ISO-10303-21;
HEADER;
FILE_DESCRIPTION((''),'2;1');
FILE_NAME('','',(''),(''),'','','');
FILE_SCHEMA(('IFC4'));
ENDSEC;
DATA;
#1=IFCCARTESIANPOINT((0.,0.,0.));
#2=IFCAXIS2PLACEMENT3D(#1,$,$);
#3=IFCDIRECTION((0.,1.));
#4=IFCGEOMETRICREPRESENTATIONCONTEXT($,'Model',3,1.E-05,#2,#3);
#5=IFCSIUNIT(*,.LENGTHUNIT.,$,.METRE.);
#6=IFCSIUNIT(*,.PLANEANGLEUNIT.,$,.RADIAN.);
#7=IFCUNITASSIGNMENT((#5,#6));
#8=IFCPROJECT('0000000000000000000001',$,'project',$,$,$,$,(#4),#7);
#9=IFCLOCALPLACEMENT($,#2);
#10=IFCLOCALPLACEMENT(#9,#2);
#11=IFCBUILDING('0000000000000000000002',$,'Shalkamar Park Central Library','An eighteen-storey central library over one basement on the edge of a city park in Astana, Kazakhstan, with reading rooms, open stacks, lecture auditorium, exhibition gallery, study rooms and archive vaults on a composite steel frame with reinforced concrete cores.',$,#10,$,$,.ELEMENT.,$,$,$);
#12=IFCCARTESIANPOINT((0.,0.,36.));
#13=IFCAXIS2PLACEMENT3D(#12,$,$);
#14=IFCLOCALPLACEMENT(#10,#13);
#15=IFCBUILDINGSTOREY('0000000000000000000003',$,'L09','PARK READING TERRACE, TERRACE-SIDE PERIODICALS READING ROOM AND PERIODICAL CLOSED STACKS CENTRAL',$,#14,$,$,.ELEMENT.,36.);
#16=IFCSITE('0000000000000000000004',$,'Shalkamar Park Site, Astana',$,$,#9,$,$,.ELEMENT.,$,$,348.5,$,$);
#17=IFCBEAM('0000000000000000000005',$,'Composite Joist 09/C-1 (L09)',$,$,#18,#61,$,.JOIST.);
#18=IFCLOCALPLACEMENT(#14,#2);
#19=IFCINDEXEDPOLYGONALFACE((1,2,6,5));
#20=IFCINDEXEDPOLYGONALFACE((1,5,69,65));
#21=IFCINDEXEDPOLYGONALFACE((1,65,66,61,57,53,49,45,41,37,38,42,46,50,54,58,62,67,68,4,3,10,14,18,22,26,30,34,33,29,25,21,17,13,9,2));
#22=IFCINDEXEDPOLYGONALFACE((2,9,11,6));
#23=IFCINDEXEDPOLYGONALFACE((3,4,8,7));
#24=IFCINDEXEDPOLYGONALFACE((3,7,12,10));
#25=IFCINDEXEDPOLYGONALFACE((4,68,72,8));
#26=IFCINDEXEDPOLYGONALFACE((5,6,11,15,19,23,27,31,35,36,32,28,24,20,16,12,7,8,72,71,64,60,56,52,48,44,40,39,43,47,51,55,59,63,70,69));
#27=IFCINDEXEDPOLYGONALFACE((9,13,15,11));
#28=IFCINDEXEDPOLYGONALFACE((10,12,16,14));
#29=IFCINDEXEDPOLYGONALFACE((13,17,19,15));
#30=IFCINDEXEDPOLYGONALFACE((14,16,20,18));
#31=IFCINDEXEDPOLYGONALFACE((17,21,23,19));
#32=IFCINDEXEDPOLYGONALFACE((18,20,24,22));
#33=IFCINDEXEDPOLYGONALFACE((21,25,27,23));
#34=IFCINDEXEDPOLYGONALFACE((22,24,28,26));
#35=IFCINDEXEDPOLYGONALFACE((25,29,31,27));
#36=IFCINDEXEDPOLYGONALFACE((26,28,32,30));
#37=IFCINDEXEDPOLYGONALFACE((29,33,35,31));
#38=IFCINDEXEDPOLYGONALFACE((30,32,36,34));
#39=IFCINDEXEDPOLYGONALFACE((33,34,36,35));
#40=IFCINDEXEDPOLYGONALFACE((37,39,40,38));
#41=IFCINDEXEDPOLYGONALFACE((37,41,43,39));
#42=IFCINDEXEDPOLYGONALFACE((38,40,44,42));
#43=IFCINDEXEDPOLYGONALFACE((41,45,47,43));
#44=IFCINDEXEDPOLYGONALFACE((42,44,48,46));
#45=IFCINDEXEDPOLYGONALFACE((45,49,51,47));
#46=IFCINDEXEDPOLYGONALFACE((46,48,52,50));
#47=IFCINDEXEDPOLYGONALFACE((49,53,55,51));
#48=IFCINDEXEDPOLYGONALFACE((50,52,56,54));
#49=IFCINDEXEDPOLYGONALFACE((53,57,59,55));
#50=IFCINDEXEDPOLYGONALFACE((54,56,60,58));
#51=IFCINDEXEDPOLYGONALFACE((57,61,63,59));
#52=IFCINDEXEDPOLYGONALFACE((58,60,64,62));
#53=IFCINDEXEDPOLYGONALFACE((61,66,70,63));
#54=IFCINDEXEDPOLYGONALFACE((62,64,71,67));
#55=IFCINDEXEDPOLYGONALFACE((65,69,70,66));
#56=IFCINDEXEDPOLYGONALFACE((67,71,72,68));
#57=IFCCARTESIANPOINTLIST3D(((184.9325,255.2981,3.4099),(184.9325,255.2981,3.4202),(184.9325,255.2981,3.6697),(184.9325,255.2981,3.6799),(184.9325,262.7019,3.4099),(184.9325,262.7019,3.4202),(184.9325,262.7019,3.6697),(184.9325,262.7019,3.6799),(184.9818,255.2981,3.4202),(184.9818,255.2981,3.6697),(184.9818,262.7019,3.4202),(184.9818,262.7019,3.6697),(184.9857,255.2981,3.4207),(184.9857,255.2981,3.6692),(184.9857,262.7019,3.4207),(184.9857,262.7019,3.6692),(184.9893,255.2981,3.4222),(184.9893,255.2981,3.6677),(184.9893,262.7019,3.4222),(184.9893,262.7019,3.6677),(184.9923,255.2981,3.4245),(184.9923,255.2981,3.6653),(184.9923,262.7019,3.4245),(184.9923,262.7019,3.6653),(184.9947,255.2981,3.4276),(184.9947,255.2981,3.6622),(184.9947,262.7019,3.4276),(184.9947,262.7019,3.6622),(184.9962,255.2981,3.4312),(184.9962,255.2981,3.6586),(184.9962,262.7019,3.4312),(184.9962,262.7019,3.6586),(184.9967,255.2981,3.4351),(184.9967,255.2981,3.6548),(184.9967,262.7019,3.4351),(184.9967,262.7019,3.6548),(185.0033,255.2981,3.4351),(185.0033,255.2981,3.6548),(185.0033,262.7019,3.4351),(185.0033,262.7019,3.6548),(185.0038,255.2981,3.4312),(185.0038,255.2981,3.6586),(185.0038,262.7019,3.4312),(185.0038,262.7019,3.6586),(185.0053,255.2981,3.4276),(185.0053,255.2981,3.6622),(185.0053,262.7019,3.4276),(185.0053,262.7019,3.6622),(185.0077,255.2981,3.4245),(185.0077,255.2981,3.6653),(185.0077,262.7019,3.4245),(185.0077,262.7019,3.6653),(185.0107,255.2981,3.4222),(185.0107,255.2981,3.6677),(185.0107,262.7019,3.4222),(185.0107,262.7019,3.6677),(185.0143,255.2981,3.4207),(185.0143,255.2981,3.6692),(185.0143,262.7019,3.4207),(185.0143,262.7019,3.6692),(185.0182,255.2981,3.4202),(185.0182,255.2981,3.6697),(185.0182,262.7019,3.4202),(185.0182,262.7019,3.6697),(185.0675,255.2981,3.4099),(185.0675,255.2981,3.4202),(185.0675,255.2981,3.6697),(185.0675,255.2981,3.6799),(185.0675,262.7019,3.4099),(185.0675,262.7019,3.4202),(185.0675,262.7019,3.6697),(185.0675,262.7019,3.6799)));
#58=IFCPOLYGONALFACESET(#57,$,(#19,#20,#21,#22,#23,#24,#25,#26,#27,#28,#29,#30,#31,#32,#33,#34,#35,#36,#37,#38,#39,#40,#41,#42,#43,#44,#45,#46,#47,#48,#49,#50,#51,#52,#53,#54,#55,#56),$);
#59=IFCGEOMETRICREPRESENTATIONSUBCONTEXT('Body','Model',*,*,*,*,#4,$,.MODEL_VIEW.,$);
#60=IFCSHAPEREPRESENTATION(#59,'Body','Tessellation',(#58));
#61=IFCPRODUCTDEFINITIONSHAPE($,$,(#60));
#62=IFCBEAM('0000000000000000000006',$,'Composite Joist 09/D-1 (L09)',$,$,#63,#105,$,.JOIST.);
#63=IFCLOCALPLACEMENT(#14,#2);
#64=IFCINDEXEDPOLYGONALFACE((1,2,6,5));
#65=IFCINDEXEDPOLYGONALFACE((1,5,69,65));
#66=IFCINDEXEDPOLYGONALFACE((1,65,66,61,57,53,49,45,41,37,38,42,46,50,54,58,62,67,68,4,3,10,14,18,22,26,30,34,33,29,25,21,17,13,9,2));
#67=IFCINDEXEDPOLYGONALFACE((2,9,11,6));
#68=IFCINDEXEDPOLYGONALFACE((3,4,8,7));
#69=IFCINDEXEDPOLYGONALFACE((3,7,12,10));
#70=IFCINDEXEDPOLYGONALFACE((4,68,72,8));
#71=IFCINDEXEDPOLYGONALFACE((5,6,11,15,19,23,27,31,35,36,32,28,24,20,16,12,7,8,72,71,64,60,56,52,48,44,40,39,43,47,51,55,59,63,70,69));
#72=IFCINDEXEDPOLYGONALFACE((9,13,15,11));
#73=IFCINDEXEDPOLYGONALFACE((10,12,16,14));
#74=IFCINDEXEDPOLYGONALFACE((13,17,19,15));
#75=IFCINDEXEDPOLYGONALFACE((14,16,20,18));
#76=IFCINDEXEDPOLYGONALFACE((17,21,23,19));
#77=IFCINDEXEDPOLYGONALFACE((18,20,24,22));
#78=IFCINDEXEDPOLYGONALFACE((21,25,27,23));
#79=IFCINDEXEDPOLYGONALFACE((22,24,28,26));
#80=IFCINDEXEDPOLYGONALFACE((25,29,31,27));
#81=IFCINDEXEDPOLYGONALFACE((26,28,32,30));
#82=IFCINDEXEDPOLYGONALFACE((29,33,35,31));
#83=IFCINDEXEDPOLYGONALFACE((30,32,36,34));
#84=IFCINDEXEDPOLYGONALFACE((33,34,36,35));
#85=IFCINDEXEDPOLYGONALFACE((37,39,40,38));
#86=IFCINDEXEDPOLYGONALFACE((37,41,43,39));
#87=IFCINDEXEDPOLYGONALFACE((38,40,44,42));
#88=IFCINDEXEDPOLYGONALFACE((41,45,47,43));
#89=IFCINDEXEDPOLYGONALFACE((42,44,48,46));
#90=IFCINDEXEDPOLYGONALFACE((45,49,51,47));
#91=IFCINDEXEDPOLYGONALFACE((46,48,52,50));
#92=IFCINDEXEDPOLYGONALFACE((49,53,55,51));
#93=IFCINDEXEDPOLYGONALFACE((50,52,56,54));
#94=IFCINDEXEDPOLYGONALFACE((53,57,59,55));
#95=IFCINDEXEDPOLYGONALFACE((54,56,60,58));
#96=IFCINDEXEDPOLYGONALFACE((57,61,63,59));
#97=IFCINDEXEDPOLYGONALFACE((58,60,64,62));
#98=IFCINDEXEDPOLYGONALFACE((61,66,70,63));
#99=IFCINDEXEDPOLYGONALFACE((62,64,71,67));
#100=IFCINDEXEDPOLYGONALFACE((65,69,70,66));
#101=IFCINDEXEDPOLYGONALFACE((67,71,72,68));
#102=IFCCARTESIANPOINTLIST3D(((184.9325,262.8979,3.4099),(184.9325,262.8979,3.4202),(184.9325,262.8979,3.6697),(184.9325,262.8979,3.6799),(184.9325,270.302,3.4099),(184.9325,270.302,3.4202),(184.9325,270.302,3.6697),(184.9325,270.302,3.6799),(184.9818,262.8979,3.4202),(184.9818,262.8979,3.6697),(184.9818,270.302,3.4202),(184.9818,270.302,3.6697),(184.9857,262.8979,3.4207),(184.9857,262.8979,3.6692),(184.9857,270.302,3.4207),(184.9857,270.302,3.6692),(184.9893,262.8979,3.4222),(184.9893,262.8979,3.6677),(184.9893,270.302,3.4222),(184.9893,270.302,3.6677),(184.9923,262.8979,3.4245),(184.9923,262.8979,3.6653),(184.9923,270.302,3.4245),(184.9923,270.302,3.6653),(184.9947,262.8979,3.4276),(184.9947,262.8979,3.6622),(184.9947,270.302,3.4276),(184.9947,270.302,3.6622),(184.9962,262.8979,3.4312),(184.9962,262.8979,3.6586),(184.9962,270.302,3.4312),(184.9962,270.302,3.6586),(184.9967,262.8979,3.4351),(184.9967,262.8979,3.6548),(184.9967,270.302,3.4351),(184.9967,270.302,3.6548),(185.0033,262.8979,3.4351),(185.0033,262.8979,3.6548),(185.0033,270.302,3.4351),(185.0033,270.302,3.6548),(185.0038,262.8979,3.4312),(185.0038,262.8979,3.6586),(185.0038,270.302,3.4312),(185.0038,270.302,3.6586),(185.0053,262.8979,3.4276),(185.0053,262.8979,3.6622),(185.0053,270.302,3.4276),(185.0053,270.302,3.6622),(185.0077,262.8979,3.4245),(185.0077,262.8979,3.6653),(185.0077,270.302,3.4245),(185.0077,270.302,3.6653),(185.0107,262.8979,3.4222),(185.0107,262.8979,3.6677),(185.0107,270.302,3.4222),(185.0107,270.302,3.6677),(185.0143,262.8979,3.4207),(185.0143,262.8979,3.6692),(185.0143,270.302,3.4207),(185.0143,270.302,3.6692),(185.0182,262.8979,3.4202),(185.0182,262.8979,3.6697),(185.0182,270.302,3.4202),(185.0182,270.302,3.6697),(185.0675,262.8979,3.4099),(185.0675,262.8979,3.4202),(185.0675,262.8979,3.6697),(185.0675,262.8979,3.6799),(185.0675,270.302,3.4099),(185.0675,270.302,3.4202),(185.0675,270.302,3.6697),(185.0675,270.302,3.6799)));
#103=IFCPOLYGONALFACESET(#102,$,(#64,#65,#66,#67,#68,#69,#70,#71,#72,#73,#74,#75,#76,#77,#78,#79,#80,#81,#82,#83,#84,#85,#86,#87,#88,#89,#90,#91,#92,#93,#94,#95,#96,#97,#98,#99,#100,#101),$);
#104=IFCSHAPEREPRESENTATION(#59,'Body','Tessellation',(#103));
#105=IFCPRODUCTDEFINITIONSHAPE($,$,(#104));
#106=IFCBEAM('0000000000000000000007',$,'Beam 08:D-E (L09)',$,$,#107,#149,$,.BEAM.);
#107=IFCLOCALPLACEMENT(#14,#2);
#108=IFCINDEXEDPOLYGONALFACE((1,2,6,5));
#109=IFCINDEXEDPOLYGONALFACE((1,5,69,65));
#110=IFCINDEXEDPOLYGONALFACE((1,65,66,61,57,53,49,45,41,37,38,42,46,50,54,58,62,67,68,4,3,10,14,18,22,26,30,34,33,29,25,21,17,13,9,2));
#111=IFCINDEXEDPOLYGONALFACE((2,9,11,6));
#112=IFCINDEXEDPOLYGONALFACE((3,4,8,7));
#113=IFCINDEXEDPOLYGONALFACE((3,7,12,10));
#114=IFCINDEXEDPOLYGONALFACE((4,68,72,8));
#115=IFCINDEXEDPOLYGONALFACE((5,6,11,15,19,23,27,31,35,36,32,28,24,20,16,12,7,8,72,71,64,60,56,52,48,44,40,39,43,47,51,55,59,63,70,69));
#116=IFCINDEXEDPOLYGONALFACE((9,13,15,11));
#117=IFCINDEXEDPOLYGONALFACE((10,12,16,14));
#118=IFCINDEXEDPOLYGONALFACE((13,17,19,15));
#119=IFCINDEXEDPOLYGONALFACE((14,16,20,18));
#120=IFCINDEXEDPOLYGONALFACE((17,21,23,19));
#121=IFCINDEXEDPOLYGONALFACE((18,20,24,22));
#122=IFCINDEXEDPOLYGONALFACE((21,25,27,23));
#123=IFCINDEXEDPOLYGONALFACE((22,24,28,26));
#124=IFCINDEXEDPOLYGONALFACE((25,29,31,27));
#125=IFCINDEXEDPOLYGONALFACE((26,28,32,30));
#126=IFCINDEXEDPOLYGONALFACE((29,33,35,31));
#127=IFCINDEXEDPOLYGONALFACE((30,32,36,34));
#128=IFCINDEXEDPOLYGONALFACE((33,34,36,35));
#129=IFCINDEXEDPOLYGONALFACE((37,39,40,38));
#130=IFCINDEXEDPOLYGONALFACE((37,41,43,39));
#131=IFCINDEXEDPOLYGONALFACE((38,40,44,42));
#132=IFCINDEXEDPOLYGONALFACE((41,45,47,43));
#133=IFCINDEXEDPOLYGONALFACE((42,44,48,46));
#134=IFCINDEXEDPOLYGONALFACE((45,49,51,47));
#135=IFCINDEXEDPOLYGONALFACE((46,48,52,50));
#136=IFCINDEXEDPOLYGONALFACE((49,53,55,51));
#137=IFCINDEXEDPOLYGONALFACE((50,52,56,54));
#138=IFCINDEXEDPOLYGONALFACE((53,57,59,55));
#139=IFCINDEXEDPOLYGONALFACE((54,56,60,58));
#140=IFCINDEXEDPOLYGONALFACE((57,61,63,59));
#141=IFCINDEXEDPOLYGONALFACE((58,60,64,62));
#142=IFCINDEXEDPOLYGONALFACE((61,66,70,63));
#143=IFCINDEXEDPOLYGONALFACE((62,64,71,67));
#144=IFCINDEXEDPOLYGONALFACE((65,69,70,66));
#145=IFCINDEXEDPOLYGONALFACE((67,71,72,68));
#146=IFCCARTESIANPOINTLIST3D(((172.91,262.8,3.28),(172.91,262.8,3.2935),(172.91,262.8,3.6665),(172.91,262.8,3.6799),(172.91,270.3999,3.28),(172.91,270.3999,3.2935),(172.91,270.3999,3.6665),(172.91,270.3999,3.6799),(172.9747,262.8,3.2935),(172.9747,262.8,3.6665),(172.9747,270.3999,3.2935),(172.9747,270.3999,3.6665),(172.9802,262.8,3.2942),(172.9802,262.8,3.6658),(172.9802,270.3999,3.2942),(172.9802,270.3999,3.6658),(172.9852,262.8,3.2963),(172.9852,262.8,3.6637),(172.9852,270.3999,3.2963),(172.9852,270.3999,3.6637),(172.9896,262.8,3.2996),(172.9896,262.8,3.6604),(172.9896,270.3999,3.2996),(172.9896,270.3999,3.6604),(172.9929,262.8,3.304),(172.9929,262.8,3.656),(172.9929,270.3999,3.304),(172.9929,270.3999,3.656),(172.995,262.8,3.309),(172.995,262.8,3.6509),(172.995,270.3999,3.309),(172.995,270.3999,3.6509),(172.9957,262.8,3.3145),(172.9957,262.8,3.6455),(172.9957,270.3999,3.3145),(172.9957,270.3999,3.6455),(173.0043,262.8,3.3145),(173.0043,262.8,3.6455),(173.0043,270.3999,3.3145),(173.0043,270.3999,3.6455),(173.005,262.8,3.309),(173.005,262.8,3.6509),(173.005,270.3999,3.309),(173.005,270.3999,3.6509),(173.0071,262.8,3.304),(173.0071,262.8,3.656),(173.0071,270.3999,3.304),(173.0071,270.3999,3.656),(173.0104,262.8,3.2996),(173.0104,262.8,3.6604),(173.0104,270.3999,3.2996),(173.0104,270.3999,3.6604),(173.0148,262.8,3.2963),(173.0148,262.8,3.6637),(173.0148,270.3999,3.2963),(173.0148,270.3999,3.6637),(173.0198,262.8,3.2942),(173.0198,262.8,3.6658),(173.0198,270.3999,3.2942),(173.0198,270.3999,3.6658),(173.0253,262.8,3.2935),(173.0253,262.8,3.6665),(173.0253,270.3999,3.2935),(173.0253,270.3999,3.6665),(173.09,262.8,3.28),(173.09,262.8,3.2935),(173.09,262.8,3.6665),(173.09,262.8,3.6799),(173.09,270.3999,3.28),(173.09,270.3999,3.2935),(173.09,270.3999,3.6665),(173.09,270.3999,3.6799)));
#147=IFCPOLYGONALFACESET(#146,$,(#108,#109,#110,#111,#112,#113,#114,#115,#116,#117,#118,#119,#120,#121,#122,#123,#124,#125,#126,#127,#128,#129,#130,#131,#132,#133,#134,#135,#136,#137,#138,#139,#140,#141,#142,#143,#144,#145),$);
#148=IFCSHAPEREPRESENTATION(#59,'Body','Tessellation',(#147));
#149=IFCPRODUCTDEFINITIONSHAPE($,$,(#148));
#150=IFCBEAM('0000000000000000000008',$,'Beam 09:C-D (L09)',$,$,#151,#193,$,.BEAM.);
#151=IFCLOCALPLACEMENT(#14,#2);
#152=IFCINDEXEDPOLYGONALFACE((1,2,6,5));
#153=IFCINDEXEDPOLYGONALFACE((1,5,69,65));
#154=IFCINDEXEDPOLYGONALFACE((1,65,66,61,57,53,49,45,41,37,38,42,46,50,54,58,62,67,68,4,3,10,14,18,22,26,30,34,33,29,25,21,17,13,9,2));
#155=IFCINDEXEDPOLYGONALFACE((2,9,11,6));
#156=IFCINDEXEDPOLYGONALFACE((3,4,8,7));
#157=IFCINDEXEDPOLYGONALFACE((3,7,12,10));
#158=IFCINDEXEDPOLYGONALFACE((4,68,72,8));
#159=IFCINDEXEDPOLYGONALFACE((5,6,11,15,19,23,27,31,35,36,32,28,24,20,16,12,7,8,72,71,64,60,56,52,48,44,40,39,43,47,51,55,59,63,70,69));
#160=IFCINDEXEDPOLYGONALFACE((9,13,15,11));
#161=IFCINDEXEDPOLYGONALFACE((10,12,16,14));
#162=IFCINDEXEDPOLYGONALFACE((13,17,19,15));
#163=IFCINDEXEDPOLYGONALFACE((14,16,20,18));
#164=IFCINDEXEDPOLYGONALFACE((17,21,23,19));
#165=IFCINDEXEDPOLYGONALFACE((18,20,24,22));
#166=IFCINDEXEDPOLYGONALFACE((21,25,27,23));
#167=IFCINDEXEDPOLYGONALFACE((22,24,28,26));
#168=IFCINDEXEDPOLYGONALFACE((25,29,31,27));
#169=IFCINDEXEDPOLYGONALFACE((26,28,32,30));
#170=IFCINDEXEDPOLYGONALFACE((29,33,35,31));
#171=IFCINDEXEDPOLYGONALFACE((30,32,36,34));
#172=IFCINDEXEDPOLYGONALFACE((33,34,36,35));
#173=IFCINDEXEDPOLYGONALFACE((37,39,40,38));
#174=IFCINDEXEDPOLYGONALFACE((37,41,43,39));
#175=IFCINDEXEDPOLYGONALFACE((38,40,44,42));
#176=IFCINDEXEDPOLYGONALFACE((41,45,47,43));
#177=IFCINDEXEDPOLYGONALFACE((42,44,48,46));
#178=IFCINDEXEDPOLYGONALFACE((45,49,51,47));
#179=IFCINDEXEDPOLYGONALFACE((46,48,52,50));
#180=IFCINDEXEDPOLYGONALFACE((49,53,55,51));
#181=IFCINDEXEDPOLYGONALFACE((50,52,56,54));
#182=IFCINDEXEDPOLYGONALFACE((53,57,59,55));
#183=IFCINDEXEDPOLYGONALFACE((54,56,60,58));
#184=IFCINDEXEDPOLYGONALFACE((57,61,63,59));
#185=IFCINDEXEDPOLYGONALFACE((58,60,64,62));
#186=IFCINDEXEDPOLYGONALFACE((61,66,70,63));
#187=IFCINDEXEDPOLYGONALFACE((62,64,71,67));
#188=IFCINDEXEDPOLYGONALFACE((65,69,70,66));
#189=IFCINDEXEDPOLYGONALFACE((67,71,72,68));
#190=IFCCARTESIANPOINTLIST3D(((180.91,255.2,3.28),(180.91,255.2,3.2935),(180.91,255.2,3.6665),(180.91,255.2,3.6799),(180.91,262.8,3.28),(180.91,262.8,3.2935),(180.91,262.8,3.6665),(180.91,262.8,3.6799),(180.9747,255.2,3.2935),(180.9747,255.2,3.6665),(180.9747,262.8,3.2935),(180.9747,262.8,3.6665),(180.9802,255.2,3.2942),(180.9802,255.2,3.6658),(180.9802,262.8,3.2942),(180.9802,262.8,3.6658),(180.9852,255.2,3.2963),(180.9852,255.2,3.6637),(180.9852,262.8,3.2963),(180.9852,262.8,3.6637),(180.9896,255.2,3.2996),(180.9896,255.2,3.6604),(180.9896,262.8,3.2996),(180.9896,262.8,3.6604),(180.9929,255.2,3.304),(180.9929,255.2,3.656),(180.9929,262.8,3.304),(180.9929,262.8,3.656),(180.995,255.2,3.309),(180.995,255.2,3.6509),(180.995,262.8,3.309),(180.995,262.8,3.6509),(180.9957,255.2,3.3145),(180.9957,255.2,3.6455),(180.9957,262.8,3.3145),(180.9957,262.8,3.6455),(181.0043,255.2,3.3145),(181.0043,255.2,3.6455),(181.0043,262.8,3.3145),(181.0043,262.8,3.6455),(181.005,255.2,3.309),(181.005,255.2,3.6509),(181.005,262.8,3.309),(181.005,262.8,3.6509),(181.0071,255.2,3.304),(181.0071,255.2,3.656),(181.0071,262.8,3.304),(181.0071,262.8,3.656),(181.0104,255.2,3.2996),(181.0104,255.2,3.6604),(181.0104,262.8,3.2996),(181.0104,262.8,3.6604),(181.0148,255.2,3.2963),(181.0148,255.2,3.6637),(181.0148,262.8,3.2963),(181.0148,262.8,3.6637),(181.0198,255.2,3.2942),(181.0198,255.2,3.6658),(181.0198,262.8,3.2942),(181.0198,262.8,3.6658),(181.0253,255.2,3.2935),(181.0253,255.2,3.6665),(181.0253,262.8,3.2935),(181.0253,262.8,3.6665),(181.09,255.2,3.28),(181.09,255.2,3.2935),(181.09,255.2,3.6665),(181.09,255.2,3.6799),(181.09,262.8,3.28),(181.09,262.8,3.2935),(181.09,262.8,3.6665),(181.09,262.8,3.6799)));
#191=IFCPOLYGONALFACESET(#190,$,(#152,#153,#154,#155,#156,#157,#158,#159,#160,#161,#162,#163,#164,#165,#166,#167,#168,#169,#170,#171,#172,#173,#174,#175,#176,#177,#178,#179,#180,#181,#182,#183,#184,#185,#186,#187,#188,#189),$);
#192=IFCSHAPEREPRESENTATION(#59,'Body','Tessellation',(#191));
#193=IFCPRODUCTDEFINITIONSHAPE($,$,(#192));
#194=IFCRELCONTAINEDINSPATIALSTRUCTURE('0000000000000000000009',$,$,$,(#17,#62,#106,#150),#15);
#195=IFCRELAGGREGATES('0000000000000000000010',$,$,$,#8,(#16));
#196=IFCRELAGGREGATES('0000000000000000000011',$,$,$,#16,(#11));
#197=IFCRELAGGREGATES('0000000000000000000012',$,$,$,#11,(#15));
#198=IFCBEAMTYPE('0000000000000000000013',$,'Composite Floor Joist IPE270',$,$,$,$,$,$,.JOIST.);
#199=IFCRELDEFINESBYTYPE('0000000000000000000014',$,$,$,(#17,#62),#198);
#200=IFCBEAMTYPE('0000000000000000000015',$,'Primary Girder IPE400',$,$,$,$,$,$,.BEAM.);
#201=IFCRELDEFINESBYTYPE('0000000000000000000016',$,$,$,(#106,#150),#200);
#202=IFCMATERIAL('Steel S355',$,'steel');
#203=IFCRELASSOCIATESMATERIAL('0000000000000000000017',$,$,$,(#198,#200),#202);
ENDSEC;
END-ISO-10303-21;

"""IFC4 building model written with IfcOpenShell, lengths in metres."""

from ifc_helpers import new_model, si_unit, direction, frame, origin, origin_2d, place, context, subcontext, project, spatial, i_section, extrude, material, material_profile, profile_set, type_object, element, save


model = new_model("IFC4")

# Units and contexts
model_context = context("Model", 3, precision=1e-05, world=origin(), true_north=direction((0.0, 1.0)))
body_context = subcontext(model_context, "Body", "Model", "MODEL_VIEW")
ifc_project = project(units=[si_unit("LENGTHUNIT", "METRE"), si_unit("PLANEANGLEUNIT", "RADIAN")], contexts=[model_context])

# Site, building, storey
site_placement = place(None, origin())
site = spatial("IfcSite", under=ifc_project, at=site_placement, Name="Shalkamar Park Site, Astana", CompositionType="ELEMENT", RefElevation=348.5)
building_placement = place(site_placement, origin())
building = spatial("IfcBuilding", under=site, at=building_placement, Name="Shalkamar Park Central Library", Description="An eighteen-storey central library over one basement on the edge of a city park in Astana, Kazakhstan, with reading rooms, open stacks, lecture auditorium, exhibition gallery, study rooms and archive vaults on a composite steel frame with reinforced concrete cores.", CompositionType="ELEMENT")
storey_placement = place(building_placement, frame((0.0, 0.0, 36.0)))
storey = spatial("IfcBuildingStorey", under=building, at=storey_placement, Name="L09", Description="PARK READING TERRACE, TERRACE-SIDE PERIODICALS READING ROOM AND PERIODICAL CLOSED STACKS CENTRAL", CompositionType="ELEMENT", Elevation=36.0)

# Shared definitions
ifc_material_1 = material(Name="Steel S355", Category="steel")

# Beams
ifc_material_profile_1 = material_profile(ifc_material_1, i_section(OverallWidth=0.135, OverallDepth=0.27, WebThickness=0.0066, FlangeThickness=0.0103, FilletRadius=0.0149, at=origin_2d()), Name="IPE 270")
ifc_profile_set_1 = profile_set([ifc_material_profile_1], Name="Steel S355")
beam_type_1 = type_object("IfcBeamType", Name="Composite Floor Joist IPE270", PredefinedType="JOIST", material=ifc_profile_set_1)
beam_1_placement = place(storey_placement, frame((185.0, 255.2981, 3.5449), z_axis=(0.0, 1.0, 0.0), x_axis=(-1.0, 0.0, 0.0)))
element("IfcBeam", 1, at=beam_1_placement, inside=storey, type_object=beam_type_1, Name="Composite Joist 09/C-1 (L09)", PredefinedType="JOIST", context=body_context, shape_type="SweptSolid", body=[
    extrude(i_section(OverallWidth=0.135, OverallDepth=0.27, WebThickness=0.0066, FlangeThickness=0.0103, FilletRadius=0.0149, at=origin_2d()), origin(), (0.0, 0.0, 1.0), 7.4038),
])
beam_2_placement = place(storey_placement, frame((185.0, 262.8979, 3.5449), z_axis=(0.0, 1.0, 0.0), x_axis=(-1.0, 0.0, 0.0)))
element("IfcBeam", 2, at=beam_2_placement, inside=storey, type_object=beam_type_1, Name="Composite Joist 09/D-1 (L09)", PredefinedType="JOIST", context=body_context, shape_type="SweptSolid", body=[
    extrude(i_section(OverallWidth=0.135, OverallDepth=0.27, WebThickness=0.0066, FlangeThickness=0.0103, FilletRadius=0.0149, at=origin_2d()), origin(), (0.0, 0.0, 1.0), 7.4041),
])
ifc_material_profile_2 = material_profile(ifc_material_1, i_section(OverallWidth=0.1799, OverallDepth=0.3999, WebThickness=0.0085, FlangeThickness=0.0134, FilletRadius=0.021, at=origin_2d()), Name="IPE 400")
ifc_profile_set_2 = profile_set([ifc_material_profile_2], Name="Steel S355")
beam_type_2 = type_object("IfcBeamType", Name="Primary Girder IPE400", PredefinedType="BEAM", material=ifc_profile_set_2)
beam_3_placement = place(storey_placement, frame((173.0, 262.8, 3.48), z_axis=(0.0, 1.0, 0.0), x_axis=(-1.0, 0.0, 0.0)))
element("IfcBeam", 3, at=beam_3_placement, inside=storey, type_object=beam_type_2, Name="Beam 08:D-E (L09)", PredefinedType="BEAM", context=body_context, shape_type="SweptSolid", body=[
    extrude(i_section(OverallWidth=0.1799, OverallDepth=0.3999, WebThickness=0.0085, FlangeThickness=0.0134, FilletRadius=0.021, at=origin_2d()), origin(), (0.0, 0.0, 1.0), 7.5999),
])
beam_4_placement = place(storey_placement, frame((181.0, 255.2, 3.48), z_axis=(0.0, 1.0, 0.0), x_axis=(-1.0, 0.0, 0.0)))
element("IfcBeam", 4, at=beam_4_placement, inside=storey, type_object=beam_type_2, Name="Beam 09:C-D (L09)", PredefinedType="BEAM", context=body_context, shape_type="SweptSolid", body=[
    extrude(i_section(OverallWidth=0.1799, OverallDepth=0.3999, WebThickness=0.0085, FlangeThickness=0.0134, FilletRadius=0.021, at=origin_2d()), origin(), (0.0, 0.0, 1.0), 7.6001),
])

save(model, "model.ifc")
